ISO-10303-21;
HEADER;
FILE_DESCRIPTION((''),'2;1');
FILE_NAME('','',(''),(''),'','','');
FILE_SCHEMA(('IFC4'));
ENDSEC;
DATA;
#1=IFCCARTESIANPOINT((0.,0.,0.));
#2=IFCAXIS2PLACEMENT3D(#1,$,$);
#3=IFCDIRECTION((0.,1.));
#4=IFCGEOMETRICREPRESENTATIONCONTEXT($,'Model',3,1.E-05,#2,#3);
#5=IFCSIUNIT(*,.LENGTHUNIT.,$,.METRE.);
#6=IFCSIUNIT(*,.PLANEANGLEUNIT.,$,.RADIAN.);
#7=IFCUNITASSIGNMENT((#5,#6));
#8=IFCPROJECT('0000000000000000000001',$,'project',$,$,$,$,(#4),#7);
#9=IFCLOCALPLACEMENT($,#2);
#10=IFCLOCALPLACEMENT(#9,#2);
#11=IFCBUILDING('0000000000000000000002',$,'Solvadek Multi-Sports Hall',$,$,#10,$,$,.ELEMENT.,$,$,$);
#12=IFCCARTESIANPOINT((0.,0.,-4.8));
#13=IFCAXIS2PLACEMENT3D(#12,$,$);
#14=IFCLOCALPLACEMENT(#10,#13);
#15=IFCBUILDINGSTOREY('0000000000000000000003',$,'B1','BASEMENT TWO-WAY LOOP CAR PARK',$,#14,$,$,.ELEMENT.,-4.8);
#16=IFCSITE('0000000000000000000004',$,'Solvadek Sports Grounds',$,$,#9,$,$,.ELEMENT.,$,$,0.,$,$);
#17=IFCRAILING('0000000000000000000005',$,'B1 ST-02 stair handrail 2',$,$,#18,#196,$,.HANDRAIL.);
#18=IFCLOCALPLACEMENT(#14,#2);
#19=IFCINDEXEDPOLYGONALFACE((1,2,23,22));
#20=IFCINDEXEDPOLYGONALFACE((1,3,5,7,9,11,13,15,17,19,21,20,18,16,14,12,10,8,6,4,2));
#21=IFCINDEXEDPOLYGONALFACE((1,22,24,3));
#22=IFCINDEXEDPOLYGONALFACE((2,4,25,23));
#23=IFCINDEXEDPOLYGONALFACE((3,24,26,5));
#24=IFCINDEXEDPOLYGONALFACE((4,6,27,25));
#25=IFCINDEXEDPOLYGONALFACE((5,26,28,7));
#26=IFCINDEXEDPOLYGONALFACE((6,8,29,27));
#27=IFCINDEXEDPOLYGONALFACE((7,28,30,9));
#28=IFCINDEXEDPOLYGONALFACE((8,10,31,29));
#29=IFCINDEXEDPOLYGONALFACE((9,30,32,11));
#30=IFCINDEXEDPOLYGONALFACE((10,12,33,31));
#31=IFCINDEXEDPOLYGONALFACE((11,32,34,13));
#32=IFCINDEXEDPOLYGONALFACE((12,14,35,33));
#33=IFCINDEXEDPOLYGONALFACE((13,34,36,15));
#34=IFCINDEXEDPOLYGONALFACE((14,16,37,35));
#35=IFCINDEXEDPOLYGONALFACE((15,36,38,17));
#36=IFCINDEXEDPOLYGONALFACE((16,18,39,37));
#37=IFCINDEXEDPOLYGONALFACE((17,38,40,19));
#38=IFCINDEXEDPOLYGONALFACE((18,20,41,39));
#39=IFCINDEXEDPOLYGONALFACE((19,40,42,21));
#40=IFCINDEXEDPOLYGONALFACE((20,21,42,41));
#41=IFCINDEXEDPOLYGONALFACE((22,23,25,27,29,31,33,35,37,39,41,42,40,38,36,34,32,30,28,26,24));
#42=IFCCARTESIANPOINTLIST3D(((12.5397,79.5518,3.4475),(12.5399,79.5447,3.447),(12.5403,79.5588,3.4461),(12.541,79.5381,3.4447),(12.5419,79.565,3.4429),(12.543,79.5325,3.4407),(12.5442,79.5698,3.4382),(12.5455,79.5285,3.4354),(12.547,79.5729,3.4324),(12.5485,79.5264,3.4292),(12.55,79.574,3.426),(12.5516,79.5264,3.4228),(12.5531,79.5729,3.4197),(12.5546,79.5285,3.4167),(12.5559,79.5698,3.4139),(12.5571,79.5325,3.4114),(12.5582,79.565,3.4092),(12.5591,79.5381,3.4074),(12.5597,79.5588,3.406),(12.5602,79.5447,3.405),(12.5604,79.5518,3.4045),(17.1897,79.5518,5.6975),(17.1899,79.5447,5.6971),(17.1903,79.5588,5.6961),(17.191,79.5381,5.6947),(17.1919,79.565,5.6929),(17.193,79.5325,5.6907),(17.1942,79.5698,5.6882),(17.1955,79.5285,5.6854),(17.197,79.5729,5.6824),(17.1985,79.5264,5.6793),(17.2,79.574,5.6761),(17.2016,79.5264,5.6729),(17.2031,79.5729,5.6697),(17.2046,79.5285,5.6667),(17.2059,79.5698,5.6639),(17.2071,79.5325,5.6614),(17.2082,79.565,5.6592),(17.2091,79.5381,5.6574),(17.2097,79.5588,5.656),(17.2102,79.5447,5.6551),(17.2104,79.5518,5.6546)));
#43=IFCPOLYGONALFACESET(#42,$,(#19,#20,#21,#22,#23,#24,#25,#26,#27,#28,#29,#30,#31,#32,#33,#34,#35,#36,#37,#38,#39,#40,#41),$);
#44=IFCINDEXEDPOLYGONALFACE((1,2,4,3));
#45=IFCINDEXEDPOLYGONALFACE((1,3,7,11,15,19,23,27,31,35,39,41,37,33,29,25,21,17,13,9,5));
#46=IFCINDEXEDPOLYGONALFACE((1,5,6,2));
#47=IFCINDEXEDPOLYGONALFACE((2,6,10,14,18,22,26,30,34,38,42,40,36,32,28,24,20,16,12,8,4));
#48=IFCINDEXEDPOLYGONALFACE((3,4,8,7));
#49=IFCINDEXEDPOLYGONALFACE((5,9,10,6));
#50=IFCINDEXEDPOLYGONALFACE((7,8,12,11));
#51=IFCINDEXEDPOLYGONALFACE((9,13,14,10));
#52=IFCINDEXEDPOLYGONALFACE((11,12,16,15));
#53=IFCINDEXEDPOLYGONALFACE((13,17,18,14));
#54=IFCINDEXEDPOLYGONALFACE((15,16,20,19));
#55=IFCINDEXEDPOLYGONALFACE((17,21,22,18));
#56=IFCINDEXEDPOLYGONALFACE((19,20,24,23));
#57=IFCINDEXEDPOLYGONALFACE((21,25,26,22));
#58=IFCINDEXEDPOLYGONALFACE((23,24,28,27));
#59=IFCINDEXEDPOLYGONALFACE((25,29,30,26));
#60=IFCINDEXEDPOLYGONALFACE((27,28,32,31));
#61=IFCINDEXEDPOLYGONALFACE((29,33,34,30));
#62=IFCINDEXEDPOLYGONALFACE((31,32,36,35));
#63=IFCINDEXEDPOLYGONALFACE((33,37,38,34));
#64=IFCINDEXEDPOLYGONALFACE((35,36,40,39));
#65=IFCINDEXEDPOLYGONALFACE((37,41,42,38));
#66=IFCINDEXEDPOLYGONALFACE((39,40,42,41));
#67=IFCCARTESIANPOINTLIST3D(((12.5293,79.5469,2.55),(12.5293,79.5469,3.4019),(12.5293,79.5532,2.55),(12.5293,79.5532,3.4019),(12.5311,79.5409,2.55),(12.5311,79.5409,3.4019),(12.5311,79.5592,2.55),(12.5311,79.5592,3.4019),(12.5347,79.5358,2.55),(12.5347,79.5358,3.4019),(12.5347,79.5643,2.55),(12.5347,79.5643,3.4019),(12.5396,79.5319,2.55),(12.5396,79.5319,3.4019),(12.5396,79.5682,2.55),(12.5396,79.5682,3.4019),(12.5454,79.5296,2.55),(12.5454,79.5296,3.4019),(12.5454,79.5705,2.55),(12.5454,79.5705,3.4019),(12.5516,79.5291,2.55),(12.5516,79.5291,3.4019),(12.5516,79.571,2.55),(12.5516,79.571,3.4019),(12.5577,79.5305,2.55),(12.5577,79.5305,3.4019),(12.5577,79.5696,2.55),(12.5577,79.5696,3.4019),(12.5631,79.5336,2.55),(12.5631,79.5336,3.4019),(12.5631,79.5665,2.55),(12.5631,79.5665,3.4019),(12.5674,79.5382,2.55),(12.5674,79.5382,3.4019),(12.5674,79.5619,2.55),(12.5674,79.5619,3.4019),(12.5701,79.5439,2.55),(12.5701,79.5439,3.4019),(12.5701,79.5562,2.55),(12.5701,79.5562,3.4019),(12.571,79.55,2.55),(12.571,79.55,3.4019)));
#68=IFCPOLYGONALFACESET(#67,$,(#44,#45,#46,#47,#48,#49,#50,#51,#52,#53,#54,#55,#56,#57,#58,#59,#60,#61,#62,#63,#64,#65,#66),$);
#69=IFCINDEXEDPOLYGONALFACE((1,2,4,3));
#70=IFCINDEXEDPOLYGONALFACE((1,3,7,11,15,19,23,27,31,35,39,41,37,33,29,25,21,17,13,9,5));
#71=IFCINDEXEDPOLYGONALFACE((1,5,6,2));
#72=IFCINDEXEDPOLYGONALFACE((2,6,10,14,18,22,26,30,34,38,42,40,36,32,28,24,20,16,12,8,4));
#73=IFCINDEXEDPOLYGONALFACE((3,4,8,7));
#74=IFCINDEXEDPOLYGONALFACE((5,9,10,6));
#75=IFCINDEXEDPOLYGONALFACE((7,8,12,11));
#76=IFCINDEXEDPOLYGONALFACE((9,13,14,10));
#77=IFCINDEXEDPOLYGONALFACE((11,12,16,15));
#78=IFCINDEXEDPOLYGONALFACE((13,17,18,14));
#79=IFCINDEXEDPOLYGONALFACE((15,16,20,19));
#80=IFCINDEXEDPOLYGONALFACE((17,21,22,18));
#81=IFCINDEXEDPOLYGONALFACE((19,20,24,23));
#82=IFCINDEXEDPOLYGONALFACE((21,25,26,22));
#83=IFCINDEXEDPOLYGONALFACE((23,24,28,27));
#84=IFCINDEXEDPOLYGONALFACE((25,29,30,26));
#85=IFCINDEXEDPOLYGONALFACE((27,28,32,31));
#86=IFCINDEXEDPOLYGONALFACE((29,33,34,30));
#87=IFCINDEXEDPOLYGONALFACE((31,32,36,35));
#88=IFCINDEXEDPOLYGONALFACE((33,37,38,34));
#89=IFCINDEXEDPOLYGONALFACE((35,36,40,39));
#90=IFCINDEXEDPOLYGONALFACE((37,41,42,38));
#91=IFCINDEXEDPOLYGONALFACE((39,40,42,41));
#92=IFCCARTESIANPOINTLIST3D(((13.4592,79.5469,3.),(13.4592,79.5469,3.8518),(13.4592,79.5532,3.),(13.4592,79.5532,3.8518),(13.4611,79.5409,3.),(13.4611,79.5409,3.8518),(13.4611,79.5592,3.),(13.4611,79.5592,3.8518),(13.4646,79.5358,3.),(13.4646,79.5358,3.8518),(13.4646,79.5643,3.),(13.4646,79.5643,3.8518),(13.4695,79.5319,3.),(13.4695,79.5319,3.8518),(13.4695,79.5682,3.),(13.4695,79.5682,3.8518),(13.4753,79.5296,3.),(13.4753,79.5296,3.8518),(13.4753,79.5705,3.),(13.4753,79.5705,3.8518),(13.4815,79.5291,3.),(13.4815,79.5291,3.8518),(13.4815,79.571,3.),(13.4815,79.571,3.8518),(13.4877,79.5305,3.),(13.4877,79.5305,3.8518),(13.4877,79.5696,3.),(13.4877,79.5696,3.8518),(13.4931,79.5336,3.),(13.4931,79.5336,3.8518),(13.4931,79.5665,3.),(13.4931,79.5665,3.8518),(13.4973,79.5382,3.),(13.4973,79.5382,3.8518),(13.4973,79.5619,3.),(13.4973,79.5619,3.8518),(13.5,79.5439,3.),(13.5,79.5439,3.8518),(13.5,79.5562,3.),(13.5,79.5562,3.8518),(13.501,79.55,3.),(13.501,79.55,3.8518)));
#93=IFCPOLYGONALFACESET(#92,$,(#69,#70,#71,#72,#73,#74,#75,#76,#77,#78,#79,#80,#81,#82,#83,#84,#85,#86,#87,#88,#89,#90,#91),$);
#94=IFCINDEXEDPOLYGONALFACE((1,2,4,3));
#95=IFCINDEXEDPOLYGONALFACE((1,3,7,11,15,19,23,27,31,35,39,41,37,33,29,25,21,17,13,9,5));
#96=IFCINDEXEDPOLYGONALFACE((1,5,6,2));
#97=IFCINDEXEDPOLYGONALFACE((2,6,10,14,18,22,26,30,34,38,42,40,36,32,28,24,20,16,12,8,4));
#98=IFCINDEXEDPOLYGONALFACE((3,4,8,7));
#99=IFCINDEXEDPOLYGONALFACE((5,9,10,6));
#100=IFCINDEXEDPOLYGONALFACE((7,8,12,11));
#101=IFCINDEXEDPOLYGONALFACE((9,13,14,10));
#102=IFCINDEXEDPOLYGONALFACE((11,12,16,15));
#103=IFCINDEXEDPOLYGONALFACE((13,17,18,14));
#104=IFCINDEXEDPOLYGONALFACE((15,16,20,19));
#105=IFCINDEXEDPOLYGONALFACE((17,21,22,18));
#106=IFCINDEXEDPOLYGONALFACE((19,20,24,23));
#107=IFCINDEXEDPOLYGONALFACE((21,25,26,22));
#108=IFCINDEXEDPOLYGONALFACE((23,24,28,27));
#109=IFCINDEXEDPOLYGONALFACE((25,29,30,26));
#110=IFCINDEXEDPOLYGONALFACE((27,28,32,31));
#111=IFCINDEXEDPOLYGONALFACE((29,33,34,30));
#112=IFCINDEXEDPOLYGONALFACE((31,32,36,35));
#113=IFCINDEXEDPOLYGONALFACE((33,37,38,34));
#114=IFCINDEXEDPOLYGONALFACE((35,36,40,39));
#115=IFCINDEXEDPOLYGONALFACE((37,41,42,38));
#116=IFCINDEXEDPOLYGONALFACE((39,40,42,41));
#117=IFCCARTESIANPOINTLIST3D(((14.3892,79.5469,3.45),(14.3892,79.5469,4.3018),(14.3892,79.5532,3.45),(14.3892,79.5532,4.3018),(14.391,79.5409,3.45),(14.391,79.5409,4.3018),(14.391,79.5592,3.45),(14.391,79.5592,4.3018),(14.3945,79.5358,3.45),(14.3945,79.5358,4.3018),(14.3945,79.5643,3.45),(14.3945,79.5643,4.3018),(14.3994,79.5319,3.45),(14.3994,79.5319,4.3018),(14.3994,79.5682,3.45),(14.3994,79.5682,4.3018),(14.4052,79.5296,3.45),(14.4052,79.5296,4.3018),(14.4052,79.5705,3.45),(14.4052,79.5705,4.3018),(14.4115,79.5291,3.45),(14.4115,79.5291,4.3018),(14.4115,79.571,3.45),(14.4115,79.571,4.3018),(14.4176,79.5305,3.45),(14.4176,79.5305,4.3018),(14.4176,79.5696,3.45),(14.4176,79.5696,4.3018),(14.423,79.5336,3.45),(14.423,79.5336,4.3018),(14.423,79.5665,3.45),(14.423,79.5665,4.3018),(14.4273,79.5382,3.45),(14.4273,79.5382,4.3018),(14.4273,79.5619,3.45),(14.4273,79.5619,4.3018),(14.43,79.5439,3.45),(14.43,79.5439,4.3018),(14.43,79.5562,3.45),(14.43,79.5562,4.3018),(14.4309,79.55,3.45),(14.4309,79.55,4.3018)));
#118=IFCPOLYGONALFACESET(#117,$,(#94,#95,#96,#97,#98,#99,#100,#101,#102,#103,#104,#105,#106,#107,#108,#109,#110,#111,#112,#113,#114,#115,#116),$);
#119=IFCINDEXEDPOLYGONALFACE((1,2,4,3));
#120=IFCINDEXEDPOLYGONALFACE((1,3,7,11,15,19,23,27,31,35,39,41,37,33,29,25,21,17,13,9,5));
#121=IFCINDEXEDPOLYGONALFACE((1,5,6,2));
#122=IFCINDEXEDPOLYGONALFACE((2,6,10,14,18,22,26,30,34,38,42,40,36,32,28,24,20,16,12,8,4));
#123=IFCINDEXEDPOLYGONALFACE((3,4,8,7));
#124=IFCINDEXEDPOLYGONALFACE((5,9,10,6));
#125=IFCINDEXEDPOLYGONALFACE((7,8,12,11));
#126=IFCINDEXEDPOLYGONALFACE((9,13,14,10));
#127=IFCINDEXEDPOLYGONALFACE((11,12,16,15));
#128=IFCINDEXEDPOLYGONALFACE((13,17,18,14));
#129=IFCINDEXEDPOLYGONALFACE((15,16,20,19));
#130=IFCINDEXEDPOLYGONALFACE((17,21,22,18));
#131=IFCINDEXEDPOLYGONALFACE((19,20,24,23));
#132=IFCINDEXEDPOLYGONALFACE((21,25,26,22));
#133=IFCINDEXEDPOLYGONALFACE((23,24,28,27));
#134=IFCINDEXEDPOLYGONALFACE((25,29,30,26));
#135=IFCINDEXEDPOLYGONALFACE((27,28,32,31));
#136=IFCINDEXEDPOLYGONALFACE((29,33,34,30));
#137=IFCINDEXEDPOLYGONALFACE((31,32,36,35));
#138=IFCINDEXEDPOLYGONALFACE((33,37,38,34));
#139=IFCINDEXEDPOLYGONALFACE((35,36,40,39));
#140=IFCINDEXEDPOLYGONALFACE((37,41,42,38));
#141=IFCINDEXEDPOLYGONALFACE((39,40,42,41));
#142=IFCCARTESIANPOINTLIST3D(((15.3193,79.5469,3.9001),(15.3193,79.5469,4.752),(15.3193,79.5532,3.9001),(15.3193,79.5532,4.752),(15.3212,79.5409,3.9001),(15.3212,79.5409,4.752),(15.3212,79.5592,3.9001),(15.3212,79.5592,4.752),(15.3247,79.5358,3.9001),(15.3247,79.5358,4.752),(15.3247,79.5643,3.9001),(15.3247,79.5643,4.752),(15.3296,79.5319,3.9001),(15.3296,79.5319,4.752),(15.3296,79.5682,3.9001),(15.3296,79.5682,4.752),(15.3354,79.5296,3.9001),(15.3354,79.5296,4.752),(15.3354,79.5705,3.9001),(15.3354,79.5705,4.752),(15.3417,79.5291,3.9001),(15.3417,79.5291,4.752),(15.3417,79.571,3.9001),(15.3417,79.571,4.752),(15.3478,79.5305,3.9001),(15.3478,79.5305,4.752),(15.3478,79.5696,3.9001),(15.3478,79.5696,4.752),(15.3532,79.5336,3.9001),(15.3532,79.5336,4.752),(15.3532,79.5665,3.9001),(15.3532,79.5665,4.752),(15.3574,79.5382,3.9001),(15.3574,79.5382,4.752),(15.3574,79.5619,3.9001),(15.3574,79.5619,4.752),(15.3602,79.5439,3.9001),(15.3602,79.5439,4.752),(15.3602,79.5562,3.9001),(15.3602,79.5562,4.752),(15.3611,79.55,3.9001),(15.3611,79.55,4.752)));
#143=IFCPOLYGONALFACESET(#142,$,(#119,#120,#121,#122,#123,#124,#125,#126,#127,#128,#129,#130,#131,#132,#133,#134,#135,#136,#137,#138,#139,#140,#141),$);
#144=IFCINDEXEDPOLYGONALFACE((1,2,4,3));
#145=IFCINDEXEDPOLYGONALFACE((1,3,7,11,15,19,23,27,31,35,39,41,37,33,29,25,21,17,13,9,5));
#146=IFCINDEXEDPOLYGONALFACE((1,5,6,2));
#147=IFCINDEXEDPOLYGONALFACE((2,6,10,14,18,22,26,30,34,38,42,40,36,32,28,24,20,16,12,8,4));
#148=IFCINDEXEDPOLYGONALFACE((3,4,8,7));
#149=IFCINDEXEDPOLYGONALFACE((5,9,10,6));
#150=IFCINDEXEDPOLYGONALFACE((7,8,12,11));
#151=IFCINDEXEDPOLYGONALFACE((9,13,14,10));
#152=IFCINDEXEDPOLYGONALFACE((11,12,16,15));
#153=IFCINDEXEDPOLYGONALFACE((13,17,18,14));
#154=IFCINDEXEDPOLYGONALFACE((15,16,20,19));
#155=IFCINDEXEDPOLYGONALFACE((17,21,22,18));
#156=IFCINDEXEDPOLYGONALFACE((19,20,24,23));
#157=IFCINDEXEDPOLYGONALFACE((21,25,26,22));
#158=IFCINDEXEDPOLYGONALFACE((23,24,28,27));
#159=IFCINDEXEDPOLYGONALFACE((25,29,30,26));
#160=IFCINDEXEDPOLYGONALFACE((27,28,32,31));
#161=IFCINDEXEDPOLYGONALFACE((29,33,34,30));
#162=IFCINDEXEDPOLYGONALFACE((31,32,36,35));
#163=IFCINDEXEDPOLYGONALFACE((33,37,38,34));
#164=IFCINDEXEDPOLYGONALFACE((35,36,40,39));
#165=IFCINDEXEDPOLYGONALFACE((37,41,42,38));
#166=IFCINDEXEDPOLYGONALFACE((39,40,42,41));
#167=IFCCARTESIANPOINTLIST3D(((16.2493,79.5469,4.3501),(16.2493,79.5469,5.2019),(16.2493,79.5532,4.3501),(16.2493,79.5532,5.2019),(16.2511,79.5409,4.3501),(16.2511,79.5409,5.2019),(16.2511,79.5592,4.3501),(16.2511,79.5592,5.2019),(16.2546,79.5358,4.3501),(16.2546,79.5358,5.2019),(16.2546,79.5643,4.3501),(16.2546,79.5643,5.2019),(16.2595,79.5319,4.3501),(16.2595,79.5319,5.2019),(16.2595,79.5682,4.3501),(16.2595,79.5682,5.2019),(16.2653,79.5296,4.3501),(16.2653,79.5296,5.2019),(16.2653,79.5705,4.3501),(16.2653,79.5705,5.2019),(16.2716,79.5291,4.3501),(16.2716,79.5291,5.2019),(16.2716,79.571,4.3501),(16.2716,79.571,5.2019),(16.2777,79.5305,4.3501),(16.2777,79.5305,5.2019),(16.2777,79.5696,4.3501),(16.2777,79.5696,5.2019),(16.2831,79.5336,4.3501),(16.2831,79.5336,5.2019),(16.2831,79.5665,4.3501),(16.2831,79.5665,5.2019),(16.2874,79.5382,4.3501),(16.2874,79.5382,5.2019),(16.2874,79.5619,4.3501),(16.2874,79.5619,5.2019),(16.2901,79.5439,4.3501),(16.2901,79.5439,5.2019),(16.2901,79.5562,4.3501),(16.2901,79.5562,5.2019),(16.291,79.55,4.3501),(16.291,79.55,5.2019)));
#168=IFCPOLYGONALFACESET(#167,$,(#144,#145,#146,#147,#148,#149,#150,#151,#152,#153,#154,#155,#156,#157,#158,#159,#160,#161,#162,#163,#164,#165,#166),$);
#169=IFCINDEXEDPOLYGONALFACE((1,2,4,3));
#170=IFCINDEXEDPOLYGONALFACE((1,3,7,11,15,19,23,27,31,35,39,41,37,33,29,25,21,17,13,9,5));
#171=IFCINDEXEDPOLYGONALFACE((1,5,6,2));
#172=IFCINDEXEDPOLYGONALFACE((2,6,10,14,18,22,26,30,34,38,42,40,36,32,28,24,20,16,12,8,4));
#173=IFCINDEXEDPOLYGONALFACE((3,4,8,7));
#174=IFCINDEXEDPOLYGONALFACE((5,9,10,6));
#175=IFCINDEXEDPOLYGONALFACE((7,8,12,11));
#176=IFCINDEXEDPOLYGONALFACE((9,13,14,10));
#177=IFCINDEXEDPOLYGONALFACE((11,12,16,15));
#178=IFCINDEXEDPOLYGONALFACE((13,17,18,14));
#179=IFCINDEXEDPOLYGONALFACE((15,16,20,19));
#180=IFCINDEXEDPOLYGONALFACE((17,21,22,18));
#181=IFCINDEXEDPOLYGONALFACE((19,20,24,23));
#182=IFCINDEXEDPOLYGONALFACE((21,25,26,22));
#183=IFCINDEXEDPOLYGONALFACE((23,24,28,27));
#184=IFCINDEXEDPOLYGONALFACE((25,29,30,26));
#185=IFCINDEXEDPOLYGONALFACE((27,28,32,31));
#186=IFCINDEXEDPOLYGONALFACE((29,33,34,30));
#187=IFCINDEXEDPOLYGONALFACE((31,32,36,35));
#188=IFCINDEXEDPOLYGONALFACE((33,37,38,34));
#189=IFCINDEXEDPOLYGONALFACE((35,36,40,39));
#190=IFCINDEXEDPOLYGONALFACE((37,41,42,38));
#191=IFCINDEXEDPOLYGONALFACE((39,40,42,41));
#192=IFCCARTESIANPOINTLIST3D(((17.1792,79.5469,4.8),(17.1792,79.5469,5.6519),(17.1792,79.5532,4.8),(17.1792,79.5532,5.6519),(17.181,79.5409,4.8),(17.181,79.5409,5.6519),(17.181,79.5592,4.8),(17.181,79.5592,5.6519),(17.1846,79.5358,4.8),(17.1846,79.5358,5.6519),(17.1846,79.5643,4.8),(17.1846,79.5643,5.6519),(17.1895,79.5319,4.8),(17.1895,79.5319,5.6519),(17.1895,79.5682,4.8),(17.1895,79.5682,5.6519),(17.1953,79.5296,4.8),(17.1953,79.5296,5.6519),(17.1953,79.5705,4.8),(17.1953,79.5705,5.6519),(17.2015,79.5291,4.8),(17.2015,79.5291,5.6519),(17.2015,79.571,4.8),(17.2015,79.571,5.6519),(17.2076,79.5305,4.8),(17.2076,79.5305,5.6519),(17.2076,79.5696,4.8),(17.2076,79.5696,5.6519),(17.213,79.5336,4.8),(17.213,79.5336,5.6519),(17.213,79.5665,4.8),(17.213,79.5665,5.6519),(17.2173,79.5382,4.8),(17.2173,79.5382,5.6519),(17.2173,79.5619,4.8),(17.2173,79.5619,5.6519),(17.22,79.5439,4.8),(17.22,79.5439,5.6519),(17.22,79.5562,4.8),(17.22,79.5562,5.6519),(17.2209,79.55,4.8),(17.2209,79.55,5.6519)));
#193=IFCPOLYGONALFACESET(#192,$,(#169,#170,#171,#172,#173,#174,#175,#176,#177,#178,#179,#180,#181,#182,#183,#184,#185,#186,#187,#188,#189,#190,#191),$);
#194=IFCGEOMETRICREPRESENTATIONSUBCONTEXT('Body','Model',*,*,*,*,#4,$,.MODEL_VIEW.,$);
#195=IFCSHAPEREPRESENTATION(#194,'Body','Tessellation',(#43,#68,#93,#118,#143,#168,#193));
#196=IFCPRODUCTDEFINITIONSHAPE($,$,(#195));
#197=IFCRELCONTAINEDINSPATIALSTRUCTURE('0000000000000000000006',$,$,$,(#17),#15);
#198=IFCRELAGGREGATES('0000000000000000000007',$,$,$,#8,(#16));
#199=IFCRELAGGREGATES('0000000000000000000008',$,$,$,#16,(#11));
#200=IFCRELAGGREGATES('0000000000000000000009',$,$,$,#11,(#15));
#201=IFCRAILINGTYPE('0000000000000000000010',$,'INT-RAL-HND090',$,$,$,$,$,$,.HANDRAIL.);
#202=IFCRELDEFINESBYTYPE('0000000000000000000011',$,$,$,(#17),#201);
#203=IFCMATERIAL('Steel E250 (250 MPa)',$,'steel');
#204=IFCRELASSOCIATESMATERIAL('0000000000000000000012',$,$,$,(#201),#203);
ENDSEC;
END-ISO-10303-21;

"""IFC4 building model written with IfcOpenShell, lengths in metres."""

from ifc_helpers import new_model, si_unit, direction, frame, origin, origin_2d, place, context, subcontext, project, spatial, circle, extrude, material, type_object, element, save


model = new_model("IFC4")

# Units and contexts
model_context = context("Model", 3, precision=1e-05, world=origin(), true_north=direction((0.0, 1.0)))
body_context = subcontext(model_context, "Body", "Model", "MODEL_VIEW")
ifc_project = project(units=[si_unit("LENGTHUNIT", "METRE"), si_unit("PLANEANGLEUNIT", "RADIAN")], contexts=[model_context])

# Site, building, storey
site_placement = place(None, origin())
site = spatial("IfcSite", under=ifc_project, at=site_placement, Name="Solvadek Sports Grounds", CompositionType="ELEMENT", RefElevation=0.0)
building_placement = place(site_placement, origin())
building = spatial("IfcBuilding", under=site, at=building_placement, Name="Solvadek Multi-Sports Hall", CompositionType="ELEMENT")
storey_placement = place(building_placement, frame((0.0, 0.0, -4.8)))
storey = spatial("IfcBuildingStorey", under=building, at=storey_placement, Name="B1", Description="BASEMENT TWO-WAY LOOP CAR PARK", CompositionType="ELEMENT", Elevation=-4.8)

# Railing
ifc_material_1 = material(Name="Steel E250 (250 MPa)", Category="steel")
railing_type_1 = type_object("IfcRailingType", Name="INT-RAL-HND090", PredefinedType="HANDRAIL", material=ifc_material_1)
railing_1_placement = place(storey_placement, frame((12.55, 79.55, 2.55)))
element("IfcRailing", 1, at=railing_1_placement, inside=storey, type_object=railing_type_1, Name="B1 ST-02 stair handrail 2", PredefinedType="HANDRAIL", context=body_context, shape_type="SweptSolid", body=[
    extrude(circle(Radius=0.0239, at=origin_2d()), frame((0.0, 0.0, 0.876), z_axis=(0.900156, 0.0, 0.435568), x_axis=(0.0, 1.0, 0.0)), (0.0, 0.0, 1.0), 5.1658),
    extrude(circle(Radius=0.021, at=origin_2d()), origin(), (0.0, 0.0, 1.0), 0.8518),
    extrude(circle(Radius=0.021, at=origin_2d()), frame((0.9299, 0.0, 0.45)), (0.0, 0.0, 1.0), 0.8518),
    extrude(circle(Radius=0.021, at=origin_2d()), frame((1.8599, 0.0, 0.8999)), (0.0, 0.0, 1.0), 0.8518),
    extrude(circle(Radius=0.021, at=origin_2d()), frame((2.79, 0.0, 1.3501)), (0.0, 0.0, 1.0), 0.8518),
    extrude(circle(Radius=0.021, at=origin_2d()), frame((3.72, 0.0, 1.8)), (0.0, 0.0, 1.0), 0.8518),
    extrude(circle(Radius=0.021, at=origin_2d()), frame((4.6499, 0.0, 2.25)), (0.0, 0.0, 1.0), 0.8518),
])

save(model, "model.ifc")
